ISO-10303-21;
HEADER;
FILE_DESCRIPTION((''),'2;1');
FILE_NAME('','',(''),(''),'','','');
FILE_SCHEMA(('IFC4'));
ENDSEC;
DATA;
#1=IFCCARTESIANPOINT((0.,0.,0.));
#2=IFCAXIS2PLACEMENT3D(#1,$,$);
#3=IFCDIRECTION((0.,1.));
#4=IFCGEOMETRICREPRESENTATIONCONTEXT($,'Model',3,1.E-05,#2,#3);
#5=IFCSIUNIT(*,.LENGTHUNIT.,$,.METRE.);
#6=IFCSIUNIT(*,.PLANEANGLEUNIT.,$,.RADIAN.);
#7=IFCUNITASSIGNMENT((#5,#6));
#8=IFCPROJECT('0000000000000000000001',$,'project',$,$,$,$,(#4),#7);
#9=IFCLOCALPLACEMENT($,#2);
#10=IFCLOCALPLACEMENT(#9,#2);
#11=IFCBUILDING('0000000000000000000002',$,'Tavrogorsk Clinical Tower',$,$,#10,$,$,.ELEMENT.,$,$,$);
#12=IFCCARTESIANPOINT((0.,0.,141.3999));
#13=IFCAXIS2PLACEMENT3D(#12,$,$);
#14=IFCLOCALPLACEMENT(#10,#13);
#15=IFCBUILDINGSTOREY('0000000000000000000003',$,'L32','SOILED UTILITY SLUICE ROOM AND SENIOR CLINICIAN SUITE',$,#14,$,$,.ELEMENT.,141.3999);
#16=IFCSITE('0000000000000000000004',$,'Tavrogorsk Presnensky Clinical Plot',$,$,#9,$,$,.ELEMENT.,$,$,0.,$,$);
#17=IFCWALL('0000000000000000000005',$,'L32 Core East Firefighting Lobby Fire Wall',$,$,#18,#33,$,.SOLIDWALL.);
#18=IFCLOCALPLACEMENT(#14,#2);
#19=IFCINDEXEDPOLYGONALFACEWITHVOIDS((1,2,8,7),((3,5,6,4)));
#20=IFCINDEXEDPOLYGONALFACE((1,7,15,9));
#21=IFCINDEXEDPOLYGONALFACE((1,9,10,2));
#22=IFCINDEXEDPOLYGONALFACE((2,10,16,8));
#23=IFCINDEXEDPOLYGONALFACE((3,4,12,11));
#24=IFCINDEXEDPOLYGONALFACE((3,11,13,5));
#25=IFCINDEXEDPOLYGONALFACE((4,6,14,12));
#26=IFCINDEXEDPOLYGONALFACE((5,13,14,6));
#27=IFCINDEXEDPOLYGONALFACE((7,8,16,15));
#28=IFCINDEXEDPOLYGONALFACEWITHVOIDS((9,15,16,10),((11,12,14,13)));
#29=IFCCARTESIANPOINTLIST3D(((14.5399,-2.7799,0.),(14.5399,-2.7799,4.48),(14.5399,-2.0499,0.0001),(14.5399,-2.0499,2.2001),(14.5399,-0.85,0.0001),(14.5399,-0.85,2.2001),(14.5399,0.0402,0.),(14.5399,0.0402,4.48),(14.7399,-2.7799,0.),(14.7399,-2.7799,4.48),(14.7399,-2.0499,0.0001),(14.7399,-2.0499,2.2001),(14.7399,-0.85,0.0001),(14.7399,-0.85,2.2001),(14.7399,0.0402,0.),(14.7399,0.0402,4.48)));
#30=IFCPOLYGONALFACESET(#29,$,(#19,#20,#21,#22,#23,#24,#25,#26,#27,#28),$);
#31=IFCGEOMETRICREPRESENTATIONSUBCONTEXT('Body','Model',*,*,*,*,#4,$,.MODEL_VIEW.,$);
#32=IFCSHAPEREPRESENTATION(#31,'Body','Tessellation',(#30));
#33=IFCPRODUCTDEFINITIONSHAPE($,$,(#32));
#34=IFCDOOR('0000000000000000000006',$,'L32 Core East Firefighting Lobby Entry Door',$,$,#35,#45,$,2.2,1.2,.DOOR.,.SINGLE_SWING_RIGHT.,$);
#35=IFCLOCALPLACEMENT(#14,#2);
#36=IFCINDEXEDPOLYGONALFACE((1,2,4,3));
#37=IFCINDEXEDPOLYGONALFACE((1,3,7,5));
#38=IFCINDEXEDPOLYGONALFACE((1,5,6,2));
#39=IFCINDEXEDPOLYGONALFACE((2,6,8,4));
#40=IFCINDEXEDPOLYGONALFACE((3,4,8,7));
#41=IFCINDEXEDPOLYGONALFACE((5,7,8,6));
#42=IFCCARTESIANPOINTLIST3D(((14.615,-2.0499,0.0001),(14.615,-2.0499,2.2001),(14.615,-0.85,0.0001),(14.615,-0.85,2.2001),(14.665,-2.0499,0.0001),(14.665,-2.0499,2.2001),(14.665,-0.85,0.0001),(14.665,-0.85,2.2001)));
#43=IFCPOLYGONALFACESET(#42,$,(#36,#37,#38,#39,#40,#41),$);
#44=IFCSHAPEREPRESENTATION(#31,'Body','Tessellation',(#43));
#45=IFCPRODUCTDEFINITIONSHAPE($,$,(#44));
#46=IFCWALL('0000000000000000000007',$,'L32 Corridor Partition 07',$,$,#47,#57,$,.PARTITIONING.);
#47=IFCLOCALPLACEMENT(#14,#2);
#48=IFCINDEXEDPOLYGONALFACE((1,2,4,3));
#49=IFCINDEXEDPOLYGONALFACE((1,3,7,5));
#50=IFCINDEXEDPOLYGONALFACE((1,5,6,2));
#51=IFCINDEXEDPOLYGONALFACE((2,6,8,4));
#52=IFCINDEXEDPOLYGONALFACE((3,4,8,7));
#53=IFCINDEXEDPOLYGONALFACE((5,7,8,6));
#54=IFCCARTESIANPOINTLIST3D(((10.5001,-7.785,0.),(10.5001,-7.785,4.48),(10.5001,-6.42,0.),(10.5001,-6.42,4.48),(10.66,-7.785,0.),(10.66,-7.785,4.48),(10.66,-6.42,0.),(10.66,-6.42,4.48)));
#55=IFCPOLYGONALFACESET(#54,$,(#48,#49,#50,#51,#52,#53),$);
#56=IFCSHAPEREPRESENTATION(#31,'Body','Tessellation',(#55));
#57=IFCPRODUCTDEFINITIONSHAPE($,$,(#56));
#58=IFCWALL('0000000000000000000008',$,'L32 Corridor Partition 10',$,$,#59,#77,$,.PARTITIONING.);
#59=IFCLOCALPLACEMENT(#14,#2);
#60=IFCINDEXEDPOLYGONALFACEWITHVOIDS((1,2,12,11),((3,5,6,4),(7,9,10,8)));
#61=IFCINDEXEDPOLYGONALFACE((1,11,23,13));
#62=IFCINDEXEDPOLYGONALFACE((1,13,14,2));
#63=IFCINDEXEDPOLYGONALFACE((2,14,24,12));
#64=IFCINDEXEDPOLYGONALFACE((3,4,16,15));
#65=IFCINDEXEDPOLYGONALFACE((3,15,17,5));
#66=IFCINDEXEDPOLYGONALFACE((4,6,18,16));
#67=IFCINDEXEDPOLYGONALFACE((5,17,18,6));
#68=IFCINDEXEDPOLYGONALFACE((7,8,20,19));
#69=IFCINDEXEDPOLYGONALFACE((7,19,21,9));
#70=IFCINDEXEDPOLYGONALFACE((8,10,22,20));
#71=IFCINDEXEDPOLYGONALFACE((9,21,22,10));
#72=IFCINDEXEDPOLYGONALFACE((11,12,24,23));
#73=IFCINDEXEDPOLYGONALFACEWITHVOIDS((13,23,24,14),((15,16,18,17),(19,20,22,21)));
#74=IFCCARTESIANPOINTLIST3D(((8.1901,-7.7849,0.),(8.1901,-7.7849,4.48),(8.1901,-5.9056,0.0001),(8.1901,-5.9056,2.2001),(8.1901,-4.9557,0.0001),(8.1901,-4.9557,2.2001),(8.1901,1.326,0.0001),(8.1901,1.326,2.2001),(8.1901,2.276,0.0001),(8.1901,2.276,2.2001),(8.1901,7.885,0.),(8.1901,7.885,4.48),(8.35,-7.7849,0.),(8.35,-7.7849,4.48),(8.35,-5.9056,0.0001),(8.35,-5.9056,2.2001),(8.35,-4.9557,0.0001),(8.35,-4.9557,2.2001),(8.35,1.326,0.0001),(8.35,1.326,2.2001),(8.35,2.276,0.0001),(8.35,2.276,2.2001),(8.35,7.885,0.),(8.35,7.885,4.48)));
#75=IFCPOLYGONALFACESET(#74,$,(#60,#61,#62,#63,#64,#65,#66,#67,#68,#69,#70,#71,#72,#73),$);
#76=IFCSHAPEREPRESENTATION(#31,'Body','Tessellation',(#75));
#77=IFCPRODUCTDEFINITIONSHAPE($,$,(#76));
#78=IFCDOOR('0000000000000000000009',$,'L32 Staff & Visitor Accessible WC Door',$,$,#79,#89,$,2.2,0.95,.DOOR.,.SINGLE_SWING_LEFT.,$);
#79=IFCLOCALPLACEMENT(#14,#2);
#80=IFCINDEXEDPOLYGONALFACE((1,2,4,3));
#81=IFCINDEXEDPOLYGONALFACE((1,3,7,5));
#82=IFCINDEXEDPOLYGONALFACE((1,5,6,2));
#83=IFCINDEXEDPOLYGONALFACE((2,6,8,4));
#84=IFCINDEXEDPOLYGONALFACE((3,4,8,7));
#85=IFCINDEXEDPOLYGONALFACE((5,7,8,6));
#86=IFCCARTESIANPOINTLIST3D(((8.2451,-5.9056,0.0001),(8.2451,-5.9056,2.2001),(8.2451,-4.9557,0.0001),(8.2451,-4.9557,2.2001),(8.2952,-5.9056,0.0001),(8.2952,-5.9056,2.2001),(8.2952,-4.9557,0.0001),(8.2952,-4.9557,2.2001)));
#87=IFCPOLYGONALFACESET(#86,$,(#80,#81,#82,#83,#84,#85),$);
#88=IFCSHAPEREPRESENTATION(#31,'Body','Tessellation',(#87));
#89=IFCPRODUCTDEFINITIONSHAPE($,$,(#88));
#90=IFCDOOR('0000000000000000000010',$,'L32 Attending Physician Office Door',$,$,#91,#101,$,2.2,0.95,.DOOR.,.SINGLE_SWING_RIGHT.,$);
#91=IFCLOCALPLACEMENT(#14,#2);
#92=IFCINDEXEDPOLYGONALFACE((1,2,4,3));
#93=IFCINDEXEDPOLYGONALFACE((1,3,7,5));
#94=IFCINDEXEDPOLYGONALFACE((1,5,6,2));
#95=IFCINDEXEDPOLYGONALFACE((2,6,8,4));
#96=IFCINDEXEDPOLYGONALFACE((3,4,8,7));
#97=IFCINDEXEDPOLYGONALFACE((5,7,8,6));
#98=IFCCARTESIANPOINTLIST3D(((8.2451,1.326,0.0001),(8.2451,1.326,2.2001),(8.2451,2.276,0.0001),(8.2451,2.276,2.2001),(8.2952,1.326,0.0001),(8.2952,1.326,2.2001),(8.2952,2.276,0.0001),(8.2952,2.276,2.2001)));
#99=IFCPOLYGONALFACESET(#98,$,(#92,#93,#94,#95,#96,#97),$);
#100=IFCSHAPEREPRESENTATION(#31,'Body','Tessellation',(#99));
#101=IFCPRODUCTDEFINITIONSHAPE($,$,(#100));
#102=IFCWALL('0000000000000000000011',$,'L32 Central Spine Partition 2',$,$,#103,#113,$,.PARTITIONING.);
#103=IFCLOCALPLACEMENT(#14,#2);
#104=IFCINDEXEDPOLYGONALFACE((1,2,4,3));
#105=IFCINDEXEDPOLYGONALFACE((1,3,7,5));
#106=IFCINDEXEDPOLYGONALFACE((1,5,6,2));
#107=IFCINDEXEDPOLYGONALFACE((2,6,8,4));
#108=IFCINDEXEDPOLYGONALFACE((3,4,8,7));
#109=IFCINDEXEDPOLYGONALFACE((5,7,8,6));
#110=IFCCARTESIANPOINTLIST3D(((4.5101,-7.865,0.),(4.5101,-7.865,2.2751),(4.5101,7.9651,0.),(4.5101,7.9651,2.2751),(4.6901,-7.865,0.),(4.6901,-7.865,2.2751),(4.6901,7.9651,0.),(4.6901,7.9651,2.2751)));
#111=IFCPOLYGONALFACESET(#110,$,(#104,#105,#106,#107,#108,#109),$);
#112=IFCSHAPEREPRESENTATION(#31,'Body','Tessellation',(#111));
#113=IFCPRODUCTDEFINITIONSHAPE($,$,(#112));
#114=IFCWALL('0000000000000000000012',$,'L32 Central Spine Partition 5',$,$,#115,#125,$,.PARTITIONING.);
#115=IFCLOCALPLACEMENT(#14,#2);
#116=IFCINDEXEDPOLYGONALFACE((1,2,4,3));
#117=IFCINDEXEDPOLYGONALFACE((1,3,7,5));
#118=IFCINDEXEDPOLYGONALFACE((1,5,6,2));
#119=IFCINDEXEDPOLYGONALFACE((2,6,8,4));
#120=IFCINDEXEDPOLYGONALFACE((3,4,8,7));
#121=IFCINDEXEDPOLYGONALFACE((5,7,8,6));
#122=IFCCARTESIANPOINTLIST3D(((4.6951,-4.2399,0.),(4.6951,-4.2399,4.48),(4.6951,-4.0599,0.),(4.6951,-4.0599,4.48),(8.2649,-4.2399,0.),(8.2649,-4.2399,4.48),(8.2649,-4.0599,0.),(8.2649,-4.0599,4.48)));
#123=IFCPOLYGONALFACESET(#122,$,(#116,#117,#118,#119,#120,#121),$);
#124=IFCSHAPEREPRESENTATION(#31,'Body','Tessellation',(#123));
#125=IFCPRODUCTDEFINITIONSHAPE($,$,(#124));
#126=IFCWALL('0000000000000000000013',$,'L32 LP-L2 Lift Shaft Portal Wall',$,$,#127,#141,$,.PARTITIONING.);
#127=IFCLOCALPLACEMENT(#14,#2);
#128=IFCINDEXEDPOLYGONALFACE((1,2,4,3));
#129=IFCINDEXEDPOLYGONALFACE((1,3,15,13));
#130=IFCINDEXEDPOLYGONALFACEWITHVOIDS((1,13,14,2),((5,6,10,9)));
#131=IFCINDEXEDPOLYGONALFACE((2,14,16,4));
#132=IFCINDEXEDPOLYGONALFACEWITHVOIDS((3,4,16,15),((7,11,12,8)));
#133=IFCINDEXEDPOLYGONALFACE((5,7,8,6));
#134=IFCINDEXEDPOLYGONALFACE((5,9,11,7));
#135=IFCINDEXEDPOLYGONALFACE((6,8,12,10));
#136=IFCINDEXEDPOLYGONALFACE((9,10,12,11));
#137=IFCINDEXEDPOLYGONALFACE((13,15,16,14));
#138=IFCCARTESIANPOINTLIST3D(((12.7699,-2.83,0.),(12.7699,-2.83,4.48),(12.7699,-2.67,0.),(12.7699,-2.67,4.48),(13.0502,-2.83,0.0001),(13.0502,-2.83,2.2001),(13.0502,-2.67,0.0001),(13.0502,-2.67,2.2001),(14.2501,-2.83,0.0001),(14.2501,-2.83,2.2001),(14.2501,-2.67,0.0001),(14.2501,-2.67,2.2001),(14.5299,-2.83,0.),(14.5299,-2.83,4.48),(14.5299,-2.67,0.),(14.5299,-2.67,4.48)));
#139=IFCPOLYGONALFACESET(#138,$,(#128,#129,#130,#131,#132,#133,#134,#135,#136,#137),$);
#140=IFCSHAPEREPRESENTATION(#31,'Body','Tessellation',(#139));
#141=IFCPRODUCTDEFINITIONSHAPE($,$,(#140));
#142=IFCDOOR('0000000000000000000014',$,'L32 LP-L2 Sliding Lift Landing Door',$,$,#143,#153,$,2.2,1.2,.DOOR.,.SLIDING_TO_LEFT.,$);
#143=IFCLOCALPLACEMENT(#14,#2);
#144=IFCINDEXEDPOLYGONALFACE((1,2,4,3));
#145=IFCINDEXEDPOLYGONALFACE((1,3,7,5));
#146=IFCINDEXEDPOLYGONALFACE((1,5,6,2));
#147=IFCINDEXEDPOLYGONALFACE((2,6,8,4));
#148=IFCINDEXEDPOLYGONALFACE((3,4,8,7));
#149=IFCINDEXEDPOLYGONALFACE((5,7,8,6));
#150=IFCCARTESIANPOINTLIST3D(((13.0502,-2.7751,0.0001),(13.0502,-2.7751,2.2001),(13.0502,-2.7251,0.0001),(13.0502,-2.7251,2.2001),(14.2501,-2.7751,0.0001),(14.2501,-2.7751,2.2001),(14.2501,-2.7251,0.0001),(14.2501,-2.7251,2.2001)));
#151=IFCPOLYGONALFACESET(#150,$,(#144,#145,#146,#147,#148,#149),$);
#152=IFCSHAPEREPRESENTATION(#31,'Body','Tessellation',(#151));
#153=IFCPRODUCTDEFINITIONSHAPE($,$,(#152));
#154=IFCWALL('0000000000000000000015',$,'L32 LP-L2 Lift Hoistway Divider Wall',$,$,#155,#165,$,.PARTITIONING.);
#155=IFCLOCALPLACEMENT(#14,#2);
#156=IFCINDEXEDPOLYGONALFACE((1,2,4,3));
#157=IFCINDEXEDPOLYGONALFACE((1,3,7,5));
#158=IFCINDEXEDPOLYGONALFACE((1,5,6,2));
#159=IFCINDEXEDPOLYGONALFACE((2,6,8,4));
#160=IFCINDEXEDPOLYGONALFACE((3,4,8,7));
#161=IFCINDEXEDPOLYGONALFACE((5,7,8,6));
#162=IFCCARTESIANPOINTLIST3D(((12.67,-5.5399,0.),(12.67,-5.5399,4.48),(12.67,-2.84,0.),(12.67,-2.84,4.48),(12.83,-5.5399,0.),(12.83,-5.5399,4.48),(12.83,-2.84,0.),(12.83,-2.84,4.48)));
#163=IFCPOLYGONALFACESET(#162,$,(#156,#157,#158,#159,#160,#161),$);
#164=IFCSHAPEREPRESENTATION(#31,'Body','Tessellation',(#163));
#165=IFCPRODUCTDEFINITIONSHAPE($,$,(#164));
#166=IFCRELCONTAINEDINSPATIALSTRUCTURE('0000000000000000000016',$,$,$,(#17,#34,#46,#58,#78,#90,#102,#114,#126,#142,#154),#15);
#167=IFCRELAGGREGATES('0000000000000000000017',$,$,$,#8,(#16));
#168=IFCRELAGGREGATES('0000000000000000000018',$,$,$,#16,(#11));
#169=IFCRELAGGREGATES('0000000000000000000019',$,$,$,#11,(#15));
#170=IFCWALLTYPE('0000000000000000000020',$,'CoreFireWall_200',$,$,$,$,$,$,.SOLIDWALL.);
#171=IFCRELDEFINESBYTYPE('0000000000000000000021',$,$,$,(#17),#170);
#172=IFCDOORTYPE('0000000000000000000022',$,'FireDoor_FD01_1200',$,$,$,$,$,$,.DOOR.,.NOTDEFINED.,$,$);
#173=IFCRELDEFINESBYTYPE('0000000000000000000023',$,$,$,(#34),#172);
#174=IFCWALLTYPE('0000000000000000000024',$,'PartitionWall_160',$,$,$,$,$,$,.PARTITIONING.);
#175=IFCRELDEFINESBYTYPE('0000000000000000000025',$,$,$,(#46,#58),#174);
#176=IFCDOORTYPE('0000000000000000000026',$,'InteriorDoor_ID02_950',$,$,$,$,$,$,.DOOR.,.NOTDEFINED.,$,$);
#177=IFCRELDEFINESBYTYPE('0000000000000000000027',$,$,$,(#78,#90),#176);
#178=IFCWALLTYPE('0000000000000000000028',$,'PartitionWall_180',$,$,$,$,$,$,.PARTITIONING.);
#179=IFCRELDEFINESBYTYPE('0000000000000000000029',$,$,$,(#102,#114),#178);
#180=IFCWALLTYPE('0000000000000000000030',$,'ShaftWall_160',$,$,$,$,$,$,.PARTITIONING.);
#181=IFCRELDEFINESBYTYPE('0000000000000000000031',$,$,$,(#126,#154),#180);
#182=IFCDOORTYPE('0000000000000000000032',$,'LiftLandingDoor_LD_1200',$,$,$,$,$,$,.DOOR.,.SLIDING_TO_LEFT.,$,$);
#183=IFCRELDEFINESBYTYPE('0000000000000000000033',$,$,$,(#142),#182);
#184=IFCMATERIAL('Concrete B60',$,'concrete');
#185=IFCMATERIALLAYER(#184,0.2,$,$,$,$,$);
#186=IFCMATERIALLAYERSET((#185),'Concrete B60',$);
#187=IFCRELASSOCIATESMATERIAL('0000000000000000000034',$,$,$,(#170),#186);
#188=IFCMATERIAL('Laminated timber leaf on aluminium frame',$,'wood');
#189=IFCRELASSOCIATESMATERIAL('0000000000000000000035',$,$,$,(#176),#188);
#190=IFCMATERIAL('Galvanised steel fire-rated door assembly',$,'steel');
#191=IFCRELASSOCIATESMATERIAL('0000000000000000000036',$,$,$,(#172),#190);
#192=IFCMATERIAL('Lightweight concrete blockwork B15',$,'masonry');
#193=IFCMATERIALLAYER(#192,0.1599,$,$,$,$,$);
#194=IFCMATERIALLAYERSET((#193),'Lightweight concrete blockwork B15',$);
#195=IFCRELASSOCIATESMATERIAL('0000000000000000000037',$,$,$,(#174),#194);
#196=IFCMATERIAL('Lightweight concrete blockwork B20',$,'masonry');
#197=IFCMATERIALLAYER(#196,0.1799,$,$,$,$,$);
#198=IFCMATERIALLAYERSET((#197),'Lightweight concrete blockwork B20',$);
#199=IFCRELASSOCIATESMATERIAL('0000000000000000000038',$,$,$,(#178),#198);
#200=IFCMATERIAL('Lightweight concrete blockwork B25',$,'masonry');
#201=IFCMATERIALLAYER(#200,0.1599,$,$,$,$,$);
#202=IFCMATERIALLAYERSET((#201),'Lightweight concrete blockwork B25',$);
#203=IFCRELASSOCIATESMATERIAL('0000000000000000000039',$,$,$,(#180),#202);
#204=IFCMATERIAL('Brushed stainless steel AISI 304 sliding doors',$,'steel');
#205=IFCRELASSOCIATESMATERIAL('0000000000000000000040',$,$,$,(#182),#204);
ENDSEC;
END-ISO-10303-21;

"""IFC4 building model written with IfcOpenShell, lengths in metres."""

from ifc_helpers import new_model, si_unit, direction, frame, frame_2d, origin, place, context, subcontext, project, spatial, rectangle, extrude, material, layer, layer_set, type_object, element, fill, save


model = new_model("IFC4")

# Units and contexts
model_context = context("Model", 3, precision=1e-05, world=origin(), true_north=direction((0.0, 1.0)))
body_context = subcontext(model_context, "Body", "Model", "MODEL_VIEW")
ifc_project = project(units=[si_unit("LENGTHUNIT", "METRE"), si_unit("PLANEANGLEUNIT", "RADIAN")], contexts=[model_context])

# Site, building, storey
site_placement = place(None, origin())
site = spatial("IfcSite", under=ifc_project, at=site_placement, Name="Tavrogorsk Presnensky Clinical Plot", CompositionType="ELEMENT", RefElevation=0.0)
building_placement = place(site_placement, origin())
building = spatial("IfcBuilding", under=site, at=building_placement, Name="Tavrogorsk Clinical Tower", CompositionType="ELEMENT")
storey_placement = place(building_placement, frame((0.0, 0.0, 141.3999)))
storey = spatial("IfcBuildingStorey", under=building, at=storey_placement, Name="L32", Description="SOILED UTILITY SLUICE ROOM AND SENIOR CLINICIAN SUITE", CompositionType="ELEMENT", Elevation=141.3999)

# Wall, opening, door
ifc_material_1 = material(Name="Concrete B60", Category="concrete")
ifc_layer_1 = layer(ifc_material_1, 0.2)
ifc_layer_set_1 = layer_set([ifc_layer_1], Name="Concrete B60")
wall_type_1 = type_object("IfcWallType", Name="CoreFireWall_200", PredefinedType="SOLIDWALL", material=ifc_layer_set_1)
ifc_material_2 = material(Name="Laminated timber leaf on aluminium frame", Category="wood")
door_type_1 = type_object("IfcDoorType", Name="InteriorDoor_ID02_950", OperationType="NOTDEFINED", PredefinedType="DOOR", material=ifc_material_2)
wall_1_placement = place(storey_placement, frame((14.6399, -2.78, 0.0), z_axis=(0.0, 0.0, 1.0), x_axis=(0.0, 1.0, 0.0)))
wall_1 = element("IfcWall", 1, at=wall_1_placement, inside=storey, type_object=wall_type_1, Name="L32 Core East Firefighting Lobby Fire Wall", PredefinedType="SOLIDWALL", context=body_context, shape_type="SweptSolid", body=[
    extrude(rectangle(XDim=2.8201, YDim=0.2, at=frame_2d((1.4102, 0.0))), origin(), (0.0, 0.0, 1.0), 4.48),
])
opening_1_placement = place(wall_1_placement, frame((0.73, 0.0, 0.0)))
opening_1 = element("IfcOpeningElement", 2, at=opening_1_placement, cuts=wall_1, PredefinedType="OPENING", context=body_context, shape_type="SweptSolid", body=[
    extrude(rectangle(XDim=1.2, YDim=2.2, at=frame_2d((0.6001, 1.1001))), frame((0.0, 0.1099, 0.0), z_axis=(0.0, -1.0, 0.0), x_axis=(1.0, 0.0, 0.0)), (0.0, 0.0, 1.0), 0.22),
])
ifc_material_3 = material(Name="Galvanised steel fire-rated door assembly", Category="steel")
door_type_2 = type_object("IfcDoorType", Name="FireDoor_FD01_1200", OperationType="NOTDEFINED", PredefinedType="DOOR", material=ifc_material_3)
door_1_placement = place(opening_1_placement, origin())
door_1 = element("IfcDoor", 3, at=door_1_placement, inside=storey, type_object=door_type_2, Name="L32 Core East Firefighting Lobby Entry Door", OperationType="SINGLE_SWING_RIGHT", OverallHeight=2.2, OverallWidth=1.2, PredefinedType="DOOR", context=body_context, shape_type="SweptSolid", body=[
    extrude(rectangle(XDim=1.2, YDim=2.2, at=frame_2d((0.6001, 1.1001))), frame((0.0, 0.0249, 0.0), z_axis=(0.0, -1.0, 0.0), x_axis=(1.0, 0.0, 0.0)), (0.0, 0.0, 1.0), 0.05),
])
fill(opening_1, door_1)

# Wall
ifc_material_4 = material(Name="Lightweight concrete blockwork B15", Category="masonry")
ifc_layer_2 = layer(ifc_material_4, 0.1599)
ifc_layer_set_2 = layer_set([ifc_layer_2], Name="Lightweight concrete blockwork B15")
wall_type_2 = type_object("IfcWallType", Name="PartitionWall_160", PredefinedType="PARTITIONING", material=ifc_layer_set_2)
wall_2_placement = place(storey_placement, frame((10.5801, -6.4199, 0.0), z_axis=(0.0, 0.0, 1.0), x_axis=(0.0, -1.0, 0.0)))
element("IfcWall", 4, at=wall_2_placement, inside=storey, type_object=wall_type_2, Name="L32 Corridor Partition 07", PredefinedType="PARTITIONING", context=body_context, shape_type="SweptSolid", body=[
    extrude(rectangle(XDim=1.365, YDim=0.1599, at=frame_2d((0.6826, 0.0))), origin(), (0.0, 0.0, 1.0), 4.48),
])

# Wall, openings, doors
wall_3_placement = place(storey_placement, frame((8.27, -7.7849, 0.0), z_axis=(0.0, 0.0, 1.0), x_axis=(0.0, 1.0, 0.0)))
wall_3 = element("IfcWall", 5, at=wall_3_placement, inside=storey, type_object=wall_type_2, Name="L32 Corridor Partition 10", PredefinedType="PARTITIONING", context=body_context, shape_type="SweptSolid", body=[
    extrude(rectangle(XDim=15.6699, YDim=0.1599, at=frame_2d((7.835, 0.0))), origin(), (0.0, 0.0, 1.0), 4.48),
])
opening_2_placement = place(wall_3_placement, frame((1.8792, 0.0, 0.0)))
opening_2 = element("IfcOpeningElement", 6, at=opening_2_placement, cuts=wall_3, PredefinedType="OPENING", context=body_context, shape_type="SweptSolid", body=[
    extrude(rectangle(XDim=0.95, YDim=2.2, at=frame_2d((0.4751, 1.1001))), frame((0.0, 0.0898, 0.0), z_axis=(0.0, -1.0, 0.0), x_axis=(1.0, 0.0, 0.0)), (0.0, 0.0, 1.0), 0.1799),
])
opening_3_placement = place(wall_3_placement, frame((9.1108, 0.0, 0.0)))
opening_3 = element("IfcOpeningElement", 7, at=opening_3_placement, cuts=wall_3, PredefinedType="OPENING", context=body_context, shape_type="SweptSolid", body=[
    extrude(rectangle(XDim=0.95, YDim=2.2, at=frame_2d((0.4751, 1.1001))), frame((0.0, 0.0898, 0.0), z_axis=(0.0, -1.0, 0.0), x_axis=(1.0, 0.0, 0.0)), (0.0, 0.0, 1.0), 0.1799),
])
door_2_placement = place(opening_2_placement, origin())
door_2 = element("IfcDoor", 8, at=door_2_placement, inside=storey, type_object=door_type_1, Name="L32 Staff & Visitor Accessible WC Door", OperationType="SINGLE_SWING_LEFT", OverallHeight=2.2, OverallWidth=0.95, PredefinedType="DOOR", context=body_context, shape_type="SweptSolid", body=[
    extrude(rectangle(XDim=0.95, YDim=2.2, at=frame_2d((0.4751, 1.1001))), frame((0.0, 0.0249, 0.0), z_axis=(0.0, -1.0, 0.0), x_axis=(1.0, 0.0, 0.0)), (0.0, 0.0, 1.0), 0.05),
])
fill(opening_2, door_2)
door_3_placement = place(opening_3_placement, origin())
door_3 = element("IfcDoor", 9, at=door_3_placement, inside=storey, type_object=door_type_1, Name="L32 Attending Physician Office Door", OperationType="SINGLE_SWING_RIGHT", OverallHeight=2.2, OverallWidth=0.95, PredefinedType="DOOR", context=body_context, shape_type="SweptSolid", body=[
    extrude(rectangle(XDim=0.95, YDim=2.2, at=frame_2d((0.4751, 1.1001))), frame((0.0, 0.0249, 0.0), z_axis=(0.0, -1.0, 0.0), x_axis=(1.0, 0.0, 0.0)), (0.0, 0.0, 1.0), 0.05),
])
fill(opening_3, door_3)

# Walls
ifc_material_5 = material(Name="Lightweight concrete blockwork B20", Category="masonry")
ifc_layer_3 = layer(ifc_material_5, 0.1799)
ifc_layer_set_3 = layer_set([ifc_layer_3], Name="Lightweight concrete blockwork B20")
wall_type_3 = type_object("IfcWallType", Name="PartitionWall_180", PredefinedType="PARTITIONING", material=ifc_layer_set_3)
wall_4_placement = place(storey_placement, frame((4.6001, -7.865, 0.0), z_axis=(0.0, 0.0, 1.0), x_axis=(0.0, 1.0, 0.0)))
element("IfcWall", 10, at=wall_4_placement, inside=storey, type_object=wall_type_3, Name="L32 Central Spine Partition 2", PredefinedType="PARTITIONING", context=body_context, shape_type="SweptSolid", body=[
    extrude(rectangle(XDim=15.8301, YDim=0.1799, at=frame_2d((7.915, 0.0))), origin(), (0.0, 0.0, 1.0), 2.2751),
])
wall_5_placement = place(storey_placement, frame((4.6951, -4.1499, 0.0), z_axis=(0.0, 0.0, 1.0), x_axis=(1.0, 0.0, 0.0)))
element("IfcWall", 11, at=wall_5_placement, inside=storey, type_object=wall_type_3, Name="L32 Central Spine Partition 5", PredefinedType="PARTITIONING", context=body_context, shape_type="SweptSolid", body=[
    extrude(rectangle(XDim=3.5698, YDim=0.1799, at=frame_2d((1.7849, 0.0))), origin(), (0.0, 0.0, 1.0), 4.48),
])

# Wall, opening, door
ifc_material_6 = material(Name="Lightweight concrete blockwork B25", Category="masonry")
ifc_layer_4 = layer(ifc_material_6, 0.1599)
ifc_layer_set_4 = layer_set([ifc_layer_4], Name="Lightweight concrete blockwork B25")
wall_type_4 = type_object("IfcWallType", Name="ShaftWall_160", PredefinedType="PARTITIONING", material=ifc_layer_set_4)
wall_6_placement = place(storey_placement, frame((12.77, -2.75, 0.0), z_axis=(0.0, 0.0, 1.0), x_axis=(1.0, 0.0, 0.0)))
wall_6 = element("IfcWall", 12, at=wall_6_placement, inside=storey, type_object=wall_type_4, Name="L32 LP-L2 Lift Shaft Portal Wall", PredefinedType="PARTITIONING", context=body_context, shape_type="SweptSolid", body=[
    extrude(rectangle(XDim=1.76, YDim=0.1599, at=frame_2d((0.8799, 0.0))), origin(), (0.0, 0.0, 1.0), 4.48),
])
opening_4_placement = place(wall_6_placement, frame((0.28, 0.0, 0.0)))
opening_4 = element("IfcOpeningElement", 13, at=opening_4_placement, cuts=wall_6, PredefinedType="OPENING", context=body_context, shape_type="SweptSolid", body=[
    extrude(rectangle(XDim=1.2, YDim=2.2, at=frame_2d((0.6001, 1.1001))), frame((0.0, 0.0898, 0.0), z_axis=(0.0, -1.0, 0.0), x_axis=(1.0, 0.0, 0.0)), (0.0, 0.0, 1.0), 0.1799),
])
ifc_material_7 = material(Name="Brushed stainless steel AISI 304 sliding doors", Category="steel")
door_type_3 = type_object("IfcDoorType", Name="LiftLandingDoor_LD_1200", OperationType="SLIDING_TO_LEFT", PredefinedType="DOOR", material=ifc_material_7)
door_4_placement = place(opening_4_placement, origin())
door_4 = element("IfcDoor", 14, at=door_4_placement, inside=storey, type_object=door_type_3, Name="L32 LP-L2 Sliding Lift Landing Door", OperationType="SLIDING_TO_LEFT", OverallHeight=2.2, OverallWidth=1.2, PredefinedType="DOOR", context=body_context, shape_type="SweptSolid", body=[
    extrude(rectangle(XDim=1.2, YDim=2.2, at=frame_2d((0.6001, 1.1001))), frame((0.0, 0.0249, 0.0), z_axis=(0.0, -1.0, 0.0), x_axis=(1.0, 0.0, 0.0)), (0.0, 0.0, 1.0), 0.05),
])
fill(opening_4, door_4)

# Wall
for number, where, z_axis, x_axis, name in (
    (15, (12.75, -5.54, 0.0), (0.0, 0.0, 1.0), (0.0, 1.0, 0.0), "L32 LP-L2 Lift Hoistway Divider Wall"),
):
    element("IfcWall", number, at=place(storey_placement, frame(where, z_axis=z_axis, x_axis=x_axis)), inside=storey, type_object=wall_type_4, Name=name, PredefinedType="PARTITIONING", context=body_context, shape_type="SweptSolid", body=[
        extrude(rectangle(XDim=2.7, YDim=0.1599, at=frame_2d((1.3501, 0.0))), origin(), (0.0, 0.0, 1.0), 4.48),
    ])

save(model, "model.ifc")
